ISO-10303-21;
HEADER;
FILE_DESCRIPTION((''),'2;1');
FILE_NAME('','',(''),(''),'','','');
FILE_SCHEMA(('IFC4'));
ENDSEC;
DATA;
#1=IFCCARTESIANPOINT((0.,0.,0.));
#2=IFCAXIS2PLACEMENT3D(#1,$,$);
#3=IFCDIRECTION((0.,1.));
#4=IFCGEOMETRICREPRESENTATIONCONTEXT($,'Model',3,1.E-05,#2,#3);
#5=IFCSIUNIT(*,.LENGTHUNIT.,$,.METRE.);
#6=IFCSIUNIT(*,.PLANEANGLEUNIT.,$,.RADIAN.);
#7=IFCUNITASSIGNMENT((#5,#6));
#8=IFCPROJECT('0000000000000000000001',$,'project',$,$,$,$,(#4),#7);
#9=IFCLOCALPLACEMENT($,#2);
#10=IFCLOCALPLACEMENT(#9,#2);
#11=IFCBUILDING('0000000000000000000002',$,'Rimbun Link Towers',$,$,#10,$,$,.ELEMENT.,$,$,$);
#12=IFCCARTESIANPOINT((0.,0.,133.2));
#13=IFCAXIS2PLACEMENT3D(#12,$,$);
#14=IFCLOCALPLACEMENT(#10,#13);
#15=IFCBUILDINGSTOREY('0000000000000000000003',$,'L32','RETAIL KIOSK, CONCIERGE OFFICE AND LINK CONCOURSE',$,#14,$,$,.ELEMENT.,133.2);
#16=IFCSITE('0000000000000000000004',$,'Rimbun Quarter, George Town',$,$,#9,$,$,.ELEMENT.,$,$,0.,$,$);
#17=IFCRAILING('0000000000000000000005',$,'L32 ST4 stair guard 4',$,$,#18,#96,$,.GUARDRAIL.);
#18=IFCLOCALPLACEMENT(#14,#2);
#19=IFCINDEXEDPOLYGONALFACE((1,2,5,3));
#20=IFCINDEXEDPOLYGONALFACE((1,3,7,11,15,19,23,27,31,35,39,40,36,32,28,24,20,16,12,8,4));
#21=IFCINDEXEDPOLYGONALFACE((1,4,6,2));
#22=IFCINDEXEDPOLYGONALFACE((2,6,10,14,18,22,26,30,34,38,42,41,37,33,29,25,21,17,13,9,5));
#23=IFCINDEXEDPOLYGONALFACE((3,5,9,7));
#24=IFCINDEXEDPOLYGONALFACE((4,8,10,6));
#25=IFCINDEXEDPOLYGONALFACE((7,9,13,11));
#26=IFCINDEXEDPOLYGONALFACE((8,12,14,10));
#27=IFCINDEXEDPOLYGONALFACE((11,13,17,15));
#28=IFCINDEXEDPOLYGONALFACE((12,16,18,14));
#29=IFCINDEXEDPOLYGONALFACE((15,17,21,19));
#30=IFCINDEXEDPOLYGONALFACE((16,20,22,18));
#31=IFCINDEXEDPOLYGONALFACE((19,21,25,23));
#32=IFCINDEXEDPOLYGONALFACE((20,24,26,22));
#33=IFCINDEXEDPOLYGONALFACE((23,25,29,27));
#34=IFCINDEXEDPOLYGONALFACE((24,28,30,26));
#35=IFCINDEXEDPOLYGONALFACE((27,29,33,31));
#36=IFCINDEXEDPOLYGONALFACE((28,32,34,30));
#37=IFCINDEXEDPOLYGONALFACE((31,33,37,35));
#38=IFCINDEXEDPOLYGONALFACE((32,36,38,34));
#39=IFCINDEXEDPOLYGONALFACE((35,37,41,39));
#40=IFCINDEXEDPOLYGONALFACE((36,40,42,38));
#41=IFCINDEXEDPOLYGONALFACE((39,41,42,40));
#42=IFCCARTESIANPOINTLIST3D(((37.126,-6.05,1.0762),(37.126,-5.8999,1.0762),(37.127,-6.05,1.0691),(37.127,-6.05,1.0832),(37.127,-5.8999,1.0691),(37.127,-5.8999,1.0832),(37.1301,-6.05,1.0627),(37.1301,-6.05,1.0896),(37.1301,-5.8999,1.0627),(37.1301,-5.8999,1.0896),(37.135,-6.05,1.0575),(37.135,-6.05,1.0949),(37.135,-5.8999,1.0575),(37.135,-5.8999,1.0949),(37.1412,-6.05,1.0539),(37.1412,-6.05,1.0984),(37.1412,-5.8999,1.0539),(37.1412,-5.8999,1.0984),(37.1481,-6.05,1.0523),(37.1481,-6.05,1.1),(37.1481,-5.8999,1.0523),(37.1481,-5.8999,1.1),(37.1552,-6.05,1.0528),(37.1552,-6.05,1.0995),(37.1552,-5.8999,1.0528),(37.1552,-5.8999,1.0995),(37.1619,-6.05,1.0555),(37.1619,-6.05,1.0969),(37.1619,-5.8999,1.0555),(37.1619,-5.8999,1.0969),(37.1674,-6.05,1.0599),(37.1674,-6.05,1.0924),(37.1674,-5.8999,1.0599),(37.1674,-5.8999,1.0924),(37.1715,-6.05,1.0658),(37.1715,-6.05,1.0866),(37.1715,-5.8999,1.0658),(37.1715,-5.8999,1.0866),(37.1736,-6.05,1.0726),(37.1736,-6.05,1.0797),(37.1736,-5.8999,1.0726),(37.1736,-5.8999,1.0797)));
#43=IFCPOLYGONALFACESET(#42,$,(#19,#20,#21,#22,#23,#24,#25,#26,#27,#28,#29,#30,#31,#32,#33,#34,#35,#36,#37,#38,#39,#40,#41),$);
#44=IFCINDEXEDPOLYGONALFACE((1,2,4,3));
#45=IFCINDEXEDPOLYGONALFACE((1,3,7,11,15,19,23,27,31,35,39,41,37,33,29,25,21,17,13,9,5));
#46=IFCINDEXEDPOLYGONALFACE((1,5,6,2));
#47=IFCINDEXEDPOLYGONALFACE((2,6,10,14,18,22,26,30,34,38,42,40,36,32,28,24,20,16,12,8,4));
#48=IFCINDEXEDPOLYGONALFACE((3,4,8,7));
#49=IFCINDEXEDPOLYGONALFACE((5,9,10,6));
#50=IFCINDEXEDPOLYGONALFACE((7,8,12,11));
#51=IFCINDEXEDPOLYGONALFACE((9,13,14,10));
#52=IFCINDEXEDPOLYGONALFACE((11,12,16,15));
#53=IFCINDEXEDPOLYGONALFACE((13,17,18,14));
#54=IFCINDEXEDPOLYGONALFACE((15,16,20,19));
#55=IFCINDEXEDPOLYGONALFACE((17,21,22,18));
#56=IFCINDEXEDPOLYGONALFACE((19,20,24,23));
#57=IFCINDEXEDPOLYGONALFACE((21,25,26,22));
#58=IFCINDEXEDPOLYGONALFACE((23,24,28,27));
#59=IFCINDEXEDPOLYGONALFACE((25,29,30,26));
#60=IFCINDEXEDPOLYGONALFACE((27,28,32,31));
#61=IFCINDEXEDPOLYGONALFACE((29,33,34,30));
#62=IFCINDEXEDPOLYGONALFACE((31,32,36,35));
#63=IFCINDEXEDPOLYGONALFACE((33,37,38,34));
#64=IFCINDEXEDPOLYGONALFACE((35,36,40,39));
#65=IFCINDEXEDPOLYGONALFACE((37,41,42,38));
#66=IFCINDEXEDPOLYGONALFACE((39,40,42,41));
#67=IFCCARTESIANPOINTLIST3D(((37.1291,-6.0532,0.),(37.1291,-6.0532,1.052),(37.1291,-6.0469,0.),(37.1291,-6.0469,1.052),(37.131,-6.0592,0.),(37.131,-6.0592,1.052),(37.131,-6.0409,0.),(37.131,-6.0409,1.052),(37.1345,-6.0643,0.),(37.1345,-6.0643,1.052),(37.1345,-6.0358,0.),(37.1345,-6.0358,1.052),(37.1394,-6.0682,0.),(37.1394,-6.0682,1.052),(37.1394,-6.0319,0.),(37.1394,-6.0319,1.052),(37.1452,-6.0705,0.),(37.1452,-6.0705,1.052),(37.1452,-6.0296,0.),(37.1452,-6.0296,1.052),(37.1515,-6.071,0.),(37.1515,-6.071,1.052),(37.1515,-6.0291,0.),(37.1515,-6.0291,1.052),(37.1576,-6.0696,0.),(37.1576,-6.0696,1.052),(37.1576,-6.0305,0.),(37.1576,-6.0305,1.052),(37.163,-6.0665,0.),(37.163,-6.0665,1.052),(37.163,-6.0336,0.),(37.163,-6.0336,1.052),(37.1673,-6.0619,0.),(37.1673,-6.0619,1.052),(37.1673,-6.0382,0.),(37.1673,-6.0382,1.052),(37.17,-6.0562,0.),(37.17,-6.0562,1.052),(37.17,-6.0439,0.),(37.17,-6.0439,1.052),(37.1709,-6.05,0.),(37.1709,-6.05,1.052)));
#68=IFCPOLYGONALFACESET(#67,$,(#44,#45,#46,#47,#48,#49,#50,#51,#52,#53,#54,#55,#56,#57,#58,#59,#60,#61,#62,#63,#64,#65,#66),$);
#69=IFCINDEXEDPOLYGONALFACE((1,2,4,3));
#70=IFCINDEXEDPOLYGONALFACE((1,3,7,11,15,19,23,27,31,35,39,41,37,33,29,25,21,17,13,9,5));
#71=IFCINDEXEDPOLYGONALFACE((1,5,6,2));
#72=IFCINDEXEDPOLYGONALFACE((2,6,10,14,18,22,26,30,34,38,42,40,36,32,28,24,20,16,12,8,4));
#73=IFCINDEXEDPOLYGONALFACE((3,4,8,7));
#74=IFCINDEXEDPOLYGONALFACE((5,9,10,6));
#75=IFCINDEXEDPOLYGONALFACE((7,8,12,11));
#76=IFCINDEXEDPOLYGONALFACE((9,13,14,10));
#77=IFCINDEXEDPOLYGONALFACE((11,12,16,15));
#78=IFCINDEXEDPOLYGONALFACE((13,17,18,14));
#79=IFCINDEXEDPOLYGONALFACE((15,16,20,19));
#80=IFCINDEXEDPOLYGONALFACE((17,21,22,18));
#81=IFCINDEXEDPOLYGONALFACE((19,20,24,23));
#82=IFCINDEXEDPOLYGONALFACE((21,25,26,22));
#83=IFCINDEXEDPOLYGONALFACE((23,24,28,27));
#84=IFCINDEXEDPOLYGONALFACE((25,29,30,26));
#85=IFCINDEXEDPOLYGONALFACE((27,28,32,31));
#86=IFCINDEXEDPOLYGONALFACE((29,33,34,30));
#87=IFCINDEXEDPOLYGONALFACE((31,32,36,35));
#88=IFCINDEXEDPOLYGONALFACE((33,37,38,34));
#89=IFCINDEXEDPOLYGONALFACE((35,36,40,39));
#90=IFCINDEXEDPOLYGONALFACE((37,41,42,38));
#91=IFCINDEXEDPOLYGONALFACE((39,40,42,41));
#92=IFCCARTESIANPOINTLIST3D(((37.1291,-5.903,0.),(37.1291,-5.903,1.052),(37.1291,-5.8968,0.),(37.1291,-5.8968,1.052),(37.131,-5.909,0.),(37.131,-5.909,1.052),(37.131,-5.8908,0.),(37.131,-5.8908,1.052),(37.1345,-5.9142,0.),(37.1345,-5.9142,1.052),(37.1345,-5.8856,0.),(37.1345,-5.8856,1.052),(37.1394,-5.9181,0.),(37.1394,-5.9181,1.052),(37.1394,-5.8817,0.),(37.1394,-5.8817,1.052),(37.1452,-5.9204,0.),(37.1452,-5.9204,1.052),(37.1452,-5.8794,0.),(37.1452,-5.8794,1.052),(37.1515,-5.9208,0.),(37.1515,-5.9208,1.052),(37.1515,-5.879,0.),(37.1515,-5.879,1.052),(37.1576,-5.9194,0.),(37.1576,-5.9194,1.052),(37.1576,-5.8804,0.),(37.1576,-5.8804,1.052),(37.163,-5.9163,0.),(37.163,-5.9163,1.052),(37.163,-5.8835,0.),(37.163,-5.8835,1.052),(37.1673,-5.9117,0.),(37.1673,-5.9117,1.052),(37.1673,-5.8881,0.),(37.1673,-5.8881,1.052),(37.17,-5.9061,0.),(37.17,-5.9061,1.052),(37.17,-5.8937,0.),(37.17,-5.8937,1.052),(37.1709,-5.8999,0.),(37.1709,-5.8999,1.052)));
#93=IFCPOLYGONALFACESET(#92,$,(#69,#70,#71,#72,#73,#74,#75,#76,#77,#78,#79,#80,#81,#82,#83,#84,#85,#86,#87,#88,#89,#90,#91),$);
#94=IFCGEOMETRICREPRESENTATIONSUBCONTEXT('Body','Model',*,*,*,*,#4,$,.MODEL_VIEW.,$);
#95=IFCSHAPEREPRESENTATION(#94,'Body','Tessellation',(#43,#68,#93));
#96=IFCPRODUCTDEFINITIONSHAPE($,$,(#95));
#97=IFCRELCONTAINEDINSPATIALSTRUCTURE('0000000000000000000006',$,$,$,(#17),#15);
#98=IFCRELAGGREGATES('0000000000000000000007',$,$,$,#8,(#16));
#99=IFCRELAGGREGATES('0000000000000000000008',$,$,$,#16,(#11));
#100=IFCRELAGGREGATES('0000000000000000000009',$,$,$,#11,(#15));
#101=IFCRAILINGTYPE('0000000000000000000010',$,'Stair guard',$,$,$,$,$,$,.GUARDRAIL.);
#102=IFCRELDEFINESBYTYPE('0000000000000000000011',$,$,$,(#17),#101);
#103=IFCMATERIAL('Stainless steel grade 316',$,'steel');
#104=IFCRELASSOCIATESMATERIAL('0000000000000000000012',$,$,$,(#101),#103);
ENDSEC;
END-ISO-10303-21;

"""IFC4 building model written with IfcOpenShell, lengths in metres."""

from ifc_helpers import new_model, si_unit, direction, frame, origin, origin_2d, place, context, subcontext, project, spatial, circle, extrude, material, type_object, element, save


model = new_model("IFC4")

# Units and contexts
model_context = context("Model", 3, precision=1e-05, world=origin(), true_north=direction((0.0, 1.0)))
body_context = subcontext(model_context, "Body", "Model", "MODEL_VIEW")
ifc_project = project(units=[si_unit("LENGTHUNIT", "METRE"), si_unit("PLANEANGLEUNIT", "RADIAN")], contexts=[model_context])

# Site, building, storey
site_placement = place(None, origin())
site = spatial("IfcSite", under=ifc_project, at=site_placement, Name="Rimbun Quarter, George Town", CompositionType="ELEMENT", RefElevation=0.0)
building_placement = place(site_placement, origin())
building = spatial("IfcBuilding", under=site, at=building_placement, Name="Rimbun Link Towers", CompositionType="ELEMENT")
storey_placement = place(building_placement, frame((0.0, 0.0, 133.2)))
storey = spatial("IfcBuildingStorey", under=building, at=storey_placement, Name="L32", Description="RETAIL KIOSK, CONCIERGE OFFICE AND LINK CONCOURSE", CompositionType="ELEMENT", Elevation=133.2)

# Railing
ifc_material_1 = material(Name="Stainless steel grade 316", Category="steel")
railing_type_1 = type_object("IfcRailingType", Name="Stair guard", PredefinedType="GUARDRAIL", material=ifc_material_1)
railing_1_placement = place(storey_placement, frame((37.1499, -6.05, 0.0)))
element("IfcRailing", 1, at=railing_1_placement, inside=storey, type_object=railing_type_1, Name="L32 ST4 stair guard 4", PredefinedType="GUARDRAIL", context=body_context, shape_type="SweptSolid", body=[
    extrude(circle(Radius=0.0239, at=origin_2d()), frame((0.0, 0.0, 1.0762), z_axis=(0.0, 1.0, 0.0), x_axis=(-1.0, 0.0, 0.0)), (0.0, 0.0, 1.0), 0.1501),
    extrude(circle(Radius=0.021, at=origin_2d()), origin(), (0.0, 0.0, 1.0), 1.052),
    extrude(circle(Radius=0.021, at=origin_2d()), frame((0.0, 0.1501, 0.0)), (0.0, 0.0, 1.0), 1.052),
])

save(model, "model.ifc")
